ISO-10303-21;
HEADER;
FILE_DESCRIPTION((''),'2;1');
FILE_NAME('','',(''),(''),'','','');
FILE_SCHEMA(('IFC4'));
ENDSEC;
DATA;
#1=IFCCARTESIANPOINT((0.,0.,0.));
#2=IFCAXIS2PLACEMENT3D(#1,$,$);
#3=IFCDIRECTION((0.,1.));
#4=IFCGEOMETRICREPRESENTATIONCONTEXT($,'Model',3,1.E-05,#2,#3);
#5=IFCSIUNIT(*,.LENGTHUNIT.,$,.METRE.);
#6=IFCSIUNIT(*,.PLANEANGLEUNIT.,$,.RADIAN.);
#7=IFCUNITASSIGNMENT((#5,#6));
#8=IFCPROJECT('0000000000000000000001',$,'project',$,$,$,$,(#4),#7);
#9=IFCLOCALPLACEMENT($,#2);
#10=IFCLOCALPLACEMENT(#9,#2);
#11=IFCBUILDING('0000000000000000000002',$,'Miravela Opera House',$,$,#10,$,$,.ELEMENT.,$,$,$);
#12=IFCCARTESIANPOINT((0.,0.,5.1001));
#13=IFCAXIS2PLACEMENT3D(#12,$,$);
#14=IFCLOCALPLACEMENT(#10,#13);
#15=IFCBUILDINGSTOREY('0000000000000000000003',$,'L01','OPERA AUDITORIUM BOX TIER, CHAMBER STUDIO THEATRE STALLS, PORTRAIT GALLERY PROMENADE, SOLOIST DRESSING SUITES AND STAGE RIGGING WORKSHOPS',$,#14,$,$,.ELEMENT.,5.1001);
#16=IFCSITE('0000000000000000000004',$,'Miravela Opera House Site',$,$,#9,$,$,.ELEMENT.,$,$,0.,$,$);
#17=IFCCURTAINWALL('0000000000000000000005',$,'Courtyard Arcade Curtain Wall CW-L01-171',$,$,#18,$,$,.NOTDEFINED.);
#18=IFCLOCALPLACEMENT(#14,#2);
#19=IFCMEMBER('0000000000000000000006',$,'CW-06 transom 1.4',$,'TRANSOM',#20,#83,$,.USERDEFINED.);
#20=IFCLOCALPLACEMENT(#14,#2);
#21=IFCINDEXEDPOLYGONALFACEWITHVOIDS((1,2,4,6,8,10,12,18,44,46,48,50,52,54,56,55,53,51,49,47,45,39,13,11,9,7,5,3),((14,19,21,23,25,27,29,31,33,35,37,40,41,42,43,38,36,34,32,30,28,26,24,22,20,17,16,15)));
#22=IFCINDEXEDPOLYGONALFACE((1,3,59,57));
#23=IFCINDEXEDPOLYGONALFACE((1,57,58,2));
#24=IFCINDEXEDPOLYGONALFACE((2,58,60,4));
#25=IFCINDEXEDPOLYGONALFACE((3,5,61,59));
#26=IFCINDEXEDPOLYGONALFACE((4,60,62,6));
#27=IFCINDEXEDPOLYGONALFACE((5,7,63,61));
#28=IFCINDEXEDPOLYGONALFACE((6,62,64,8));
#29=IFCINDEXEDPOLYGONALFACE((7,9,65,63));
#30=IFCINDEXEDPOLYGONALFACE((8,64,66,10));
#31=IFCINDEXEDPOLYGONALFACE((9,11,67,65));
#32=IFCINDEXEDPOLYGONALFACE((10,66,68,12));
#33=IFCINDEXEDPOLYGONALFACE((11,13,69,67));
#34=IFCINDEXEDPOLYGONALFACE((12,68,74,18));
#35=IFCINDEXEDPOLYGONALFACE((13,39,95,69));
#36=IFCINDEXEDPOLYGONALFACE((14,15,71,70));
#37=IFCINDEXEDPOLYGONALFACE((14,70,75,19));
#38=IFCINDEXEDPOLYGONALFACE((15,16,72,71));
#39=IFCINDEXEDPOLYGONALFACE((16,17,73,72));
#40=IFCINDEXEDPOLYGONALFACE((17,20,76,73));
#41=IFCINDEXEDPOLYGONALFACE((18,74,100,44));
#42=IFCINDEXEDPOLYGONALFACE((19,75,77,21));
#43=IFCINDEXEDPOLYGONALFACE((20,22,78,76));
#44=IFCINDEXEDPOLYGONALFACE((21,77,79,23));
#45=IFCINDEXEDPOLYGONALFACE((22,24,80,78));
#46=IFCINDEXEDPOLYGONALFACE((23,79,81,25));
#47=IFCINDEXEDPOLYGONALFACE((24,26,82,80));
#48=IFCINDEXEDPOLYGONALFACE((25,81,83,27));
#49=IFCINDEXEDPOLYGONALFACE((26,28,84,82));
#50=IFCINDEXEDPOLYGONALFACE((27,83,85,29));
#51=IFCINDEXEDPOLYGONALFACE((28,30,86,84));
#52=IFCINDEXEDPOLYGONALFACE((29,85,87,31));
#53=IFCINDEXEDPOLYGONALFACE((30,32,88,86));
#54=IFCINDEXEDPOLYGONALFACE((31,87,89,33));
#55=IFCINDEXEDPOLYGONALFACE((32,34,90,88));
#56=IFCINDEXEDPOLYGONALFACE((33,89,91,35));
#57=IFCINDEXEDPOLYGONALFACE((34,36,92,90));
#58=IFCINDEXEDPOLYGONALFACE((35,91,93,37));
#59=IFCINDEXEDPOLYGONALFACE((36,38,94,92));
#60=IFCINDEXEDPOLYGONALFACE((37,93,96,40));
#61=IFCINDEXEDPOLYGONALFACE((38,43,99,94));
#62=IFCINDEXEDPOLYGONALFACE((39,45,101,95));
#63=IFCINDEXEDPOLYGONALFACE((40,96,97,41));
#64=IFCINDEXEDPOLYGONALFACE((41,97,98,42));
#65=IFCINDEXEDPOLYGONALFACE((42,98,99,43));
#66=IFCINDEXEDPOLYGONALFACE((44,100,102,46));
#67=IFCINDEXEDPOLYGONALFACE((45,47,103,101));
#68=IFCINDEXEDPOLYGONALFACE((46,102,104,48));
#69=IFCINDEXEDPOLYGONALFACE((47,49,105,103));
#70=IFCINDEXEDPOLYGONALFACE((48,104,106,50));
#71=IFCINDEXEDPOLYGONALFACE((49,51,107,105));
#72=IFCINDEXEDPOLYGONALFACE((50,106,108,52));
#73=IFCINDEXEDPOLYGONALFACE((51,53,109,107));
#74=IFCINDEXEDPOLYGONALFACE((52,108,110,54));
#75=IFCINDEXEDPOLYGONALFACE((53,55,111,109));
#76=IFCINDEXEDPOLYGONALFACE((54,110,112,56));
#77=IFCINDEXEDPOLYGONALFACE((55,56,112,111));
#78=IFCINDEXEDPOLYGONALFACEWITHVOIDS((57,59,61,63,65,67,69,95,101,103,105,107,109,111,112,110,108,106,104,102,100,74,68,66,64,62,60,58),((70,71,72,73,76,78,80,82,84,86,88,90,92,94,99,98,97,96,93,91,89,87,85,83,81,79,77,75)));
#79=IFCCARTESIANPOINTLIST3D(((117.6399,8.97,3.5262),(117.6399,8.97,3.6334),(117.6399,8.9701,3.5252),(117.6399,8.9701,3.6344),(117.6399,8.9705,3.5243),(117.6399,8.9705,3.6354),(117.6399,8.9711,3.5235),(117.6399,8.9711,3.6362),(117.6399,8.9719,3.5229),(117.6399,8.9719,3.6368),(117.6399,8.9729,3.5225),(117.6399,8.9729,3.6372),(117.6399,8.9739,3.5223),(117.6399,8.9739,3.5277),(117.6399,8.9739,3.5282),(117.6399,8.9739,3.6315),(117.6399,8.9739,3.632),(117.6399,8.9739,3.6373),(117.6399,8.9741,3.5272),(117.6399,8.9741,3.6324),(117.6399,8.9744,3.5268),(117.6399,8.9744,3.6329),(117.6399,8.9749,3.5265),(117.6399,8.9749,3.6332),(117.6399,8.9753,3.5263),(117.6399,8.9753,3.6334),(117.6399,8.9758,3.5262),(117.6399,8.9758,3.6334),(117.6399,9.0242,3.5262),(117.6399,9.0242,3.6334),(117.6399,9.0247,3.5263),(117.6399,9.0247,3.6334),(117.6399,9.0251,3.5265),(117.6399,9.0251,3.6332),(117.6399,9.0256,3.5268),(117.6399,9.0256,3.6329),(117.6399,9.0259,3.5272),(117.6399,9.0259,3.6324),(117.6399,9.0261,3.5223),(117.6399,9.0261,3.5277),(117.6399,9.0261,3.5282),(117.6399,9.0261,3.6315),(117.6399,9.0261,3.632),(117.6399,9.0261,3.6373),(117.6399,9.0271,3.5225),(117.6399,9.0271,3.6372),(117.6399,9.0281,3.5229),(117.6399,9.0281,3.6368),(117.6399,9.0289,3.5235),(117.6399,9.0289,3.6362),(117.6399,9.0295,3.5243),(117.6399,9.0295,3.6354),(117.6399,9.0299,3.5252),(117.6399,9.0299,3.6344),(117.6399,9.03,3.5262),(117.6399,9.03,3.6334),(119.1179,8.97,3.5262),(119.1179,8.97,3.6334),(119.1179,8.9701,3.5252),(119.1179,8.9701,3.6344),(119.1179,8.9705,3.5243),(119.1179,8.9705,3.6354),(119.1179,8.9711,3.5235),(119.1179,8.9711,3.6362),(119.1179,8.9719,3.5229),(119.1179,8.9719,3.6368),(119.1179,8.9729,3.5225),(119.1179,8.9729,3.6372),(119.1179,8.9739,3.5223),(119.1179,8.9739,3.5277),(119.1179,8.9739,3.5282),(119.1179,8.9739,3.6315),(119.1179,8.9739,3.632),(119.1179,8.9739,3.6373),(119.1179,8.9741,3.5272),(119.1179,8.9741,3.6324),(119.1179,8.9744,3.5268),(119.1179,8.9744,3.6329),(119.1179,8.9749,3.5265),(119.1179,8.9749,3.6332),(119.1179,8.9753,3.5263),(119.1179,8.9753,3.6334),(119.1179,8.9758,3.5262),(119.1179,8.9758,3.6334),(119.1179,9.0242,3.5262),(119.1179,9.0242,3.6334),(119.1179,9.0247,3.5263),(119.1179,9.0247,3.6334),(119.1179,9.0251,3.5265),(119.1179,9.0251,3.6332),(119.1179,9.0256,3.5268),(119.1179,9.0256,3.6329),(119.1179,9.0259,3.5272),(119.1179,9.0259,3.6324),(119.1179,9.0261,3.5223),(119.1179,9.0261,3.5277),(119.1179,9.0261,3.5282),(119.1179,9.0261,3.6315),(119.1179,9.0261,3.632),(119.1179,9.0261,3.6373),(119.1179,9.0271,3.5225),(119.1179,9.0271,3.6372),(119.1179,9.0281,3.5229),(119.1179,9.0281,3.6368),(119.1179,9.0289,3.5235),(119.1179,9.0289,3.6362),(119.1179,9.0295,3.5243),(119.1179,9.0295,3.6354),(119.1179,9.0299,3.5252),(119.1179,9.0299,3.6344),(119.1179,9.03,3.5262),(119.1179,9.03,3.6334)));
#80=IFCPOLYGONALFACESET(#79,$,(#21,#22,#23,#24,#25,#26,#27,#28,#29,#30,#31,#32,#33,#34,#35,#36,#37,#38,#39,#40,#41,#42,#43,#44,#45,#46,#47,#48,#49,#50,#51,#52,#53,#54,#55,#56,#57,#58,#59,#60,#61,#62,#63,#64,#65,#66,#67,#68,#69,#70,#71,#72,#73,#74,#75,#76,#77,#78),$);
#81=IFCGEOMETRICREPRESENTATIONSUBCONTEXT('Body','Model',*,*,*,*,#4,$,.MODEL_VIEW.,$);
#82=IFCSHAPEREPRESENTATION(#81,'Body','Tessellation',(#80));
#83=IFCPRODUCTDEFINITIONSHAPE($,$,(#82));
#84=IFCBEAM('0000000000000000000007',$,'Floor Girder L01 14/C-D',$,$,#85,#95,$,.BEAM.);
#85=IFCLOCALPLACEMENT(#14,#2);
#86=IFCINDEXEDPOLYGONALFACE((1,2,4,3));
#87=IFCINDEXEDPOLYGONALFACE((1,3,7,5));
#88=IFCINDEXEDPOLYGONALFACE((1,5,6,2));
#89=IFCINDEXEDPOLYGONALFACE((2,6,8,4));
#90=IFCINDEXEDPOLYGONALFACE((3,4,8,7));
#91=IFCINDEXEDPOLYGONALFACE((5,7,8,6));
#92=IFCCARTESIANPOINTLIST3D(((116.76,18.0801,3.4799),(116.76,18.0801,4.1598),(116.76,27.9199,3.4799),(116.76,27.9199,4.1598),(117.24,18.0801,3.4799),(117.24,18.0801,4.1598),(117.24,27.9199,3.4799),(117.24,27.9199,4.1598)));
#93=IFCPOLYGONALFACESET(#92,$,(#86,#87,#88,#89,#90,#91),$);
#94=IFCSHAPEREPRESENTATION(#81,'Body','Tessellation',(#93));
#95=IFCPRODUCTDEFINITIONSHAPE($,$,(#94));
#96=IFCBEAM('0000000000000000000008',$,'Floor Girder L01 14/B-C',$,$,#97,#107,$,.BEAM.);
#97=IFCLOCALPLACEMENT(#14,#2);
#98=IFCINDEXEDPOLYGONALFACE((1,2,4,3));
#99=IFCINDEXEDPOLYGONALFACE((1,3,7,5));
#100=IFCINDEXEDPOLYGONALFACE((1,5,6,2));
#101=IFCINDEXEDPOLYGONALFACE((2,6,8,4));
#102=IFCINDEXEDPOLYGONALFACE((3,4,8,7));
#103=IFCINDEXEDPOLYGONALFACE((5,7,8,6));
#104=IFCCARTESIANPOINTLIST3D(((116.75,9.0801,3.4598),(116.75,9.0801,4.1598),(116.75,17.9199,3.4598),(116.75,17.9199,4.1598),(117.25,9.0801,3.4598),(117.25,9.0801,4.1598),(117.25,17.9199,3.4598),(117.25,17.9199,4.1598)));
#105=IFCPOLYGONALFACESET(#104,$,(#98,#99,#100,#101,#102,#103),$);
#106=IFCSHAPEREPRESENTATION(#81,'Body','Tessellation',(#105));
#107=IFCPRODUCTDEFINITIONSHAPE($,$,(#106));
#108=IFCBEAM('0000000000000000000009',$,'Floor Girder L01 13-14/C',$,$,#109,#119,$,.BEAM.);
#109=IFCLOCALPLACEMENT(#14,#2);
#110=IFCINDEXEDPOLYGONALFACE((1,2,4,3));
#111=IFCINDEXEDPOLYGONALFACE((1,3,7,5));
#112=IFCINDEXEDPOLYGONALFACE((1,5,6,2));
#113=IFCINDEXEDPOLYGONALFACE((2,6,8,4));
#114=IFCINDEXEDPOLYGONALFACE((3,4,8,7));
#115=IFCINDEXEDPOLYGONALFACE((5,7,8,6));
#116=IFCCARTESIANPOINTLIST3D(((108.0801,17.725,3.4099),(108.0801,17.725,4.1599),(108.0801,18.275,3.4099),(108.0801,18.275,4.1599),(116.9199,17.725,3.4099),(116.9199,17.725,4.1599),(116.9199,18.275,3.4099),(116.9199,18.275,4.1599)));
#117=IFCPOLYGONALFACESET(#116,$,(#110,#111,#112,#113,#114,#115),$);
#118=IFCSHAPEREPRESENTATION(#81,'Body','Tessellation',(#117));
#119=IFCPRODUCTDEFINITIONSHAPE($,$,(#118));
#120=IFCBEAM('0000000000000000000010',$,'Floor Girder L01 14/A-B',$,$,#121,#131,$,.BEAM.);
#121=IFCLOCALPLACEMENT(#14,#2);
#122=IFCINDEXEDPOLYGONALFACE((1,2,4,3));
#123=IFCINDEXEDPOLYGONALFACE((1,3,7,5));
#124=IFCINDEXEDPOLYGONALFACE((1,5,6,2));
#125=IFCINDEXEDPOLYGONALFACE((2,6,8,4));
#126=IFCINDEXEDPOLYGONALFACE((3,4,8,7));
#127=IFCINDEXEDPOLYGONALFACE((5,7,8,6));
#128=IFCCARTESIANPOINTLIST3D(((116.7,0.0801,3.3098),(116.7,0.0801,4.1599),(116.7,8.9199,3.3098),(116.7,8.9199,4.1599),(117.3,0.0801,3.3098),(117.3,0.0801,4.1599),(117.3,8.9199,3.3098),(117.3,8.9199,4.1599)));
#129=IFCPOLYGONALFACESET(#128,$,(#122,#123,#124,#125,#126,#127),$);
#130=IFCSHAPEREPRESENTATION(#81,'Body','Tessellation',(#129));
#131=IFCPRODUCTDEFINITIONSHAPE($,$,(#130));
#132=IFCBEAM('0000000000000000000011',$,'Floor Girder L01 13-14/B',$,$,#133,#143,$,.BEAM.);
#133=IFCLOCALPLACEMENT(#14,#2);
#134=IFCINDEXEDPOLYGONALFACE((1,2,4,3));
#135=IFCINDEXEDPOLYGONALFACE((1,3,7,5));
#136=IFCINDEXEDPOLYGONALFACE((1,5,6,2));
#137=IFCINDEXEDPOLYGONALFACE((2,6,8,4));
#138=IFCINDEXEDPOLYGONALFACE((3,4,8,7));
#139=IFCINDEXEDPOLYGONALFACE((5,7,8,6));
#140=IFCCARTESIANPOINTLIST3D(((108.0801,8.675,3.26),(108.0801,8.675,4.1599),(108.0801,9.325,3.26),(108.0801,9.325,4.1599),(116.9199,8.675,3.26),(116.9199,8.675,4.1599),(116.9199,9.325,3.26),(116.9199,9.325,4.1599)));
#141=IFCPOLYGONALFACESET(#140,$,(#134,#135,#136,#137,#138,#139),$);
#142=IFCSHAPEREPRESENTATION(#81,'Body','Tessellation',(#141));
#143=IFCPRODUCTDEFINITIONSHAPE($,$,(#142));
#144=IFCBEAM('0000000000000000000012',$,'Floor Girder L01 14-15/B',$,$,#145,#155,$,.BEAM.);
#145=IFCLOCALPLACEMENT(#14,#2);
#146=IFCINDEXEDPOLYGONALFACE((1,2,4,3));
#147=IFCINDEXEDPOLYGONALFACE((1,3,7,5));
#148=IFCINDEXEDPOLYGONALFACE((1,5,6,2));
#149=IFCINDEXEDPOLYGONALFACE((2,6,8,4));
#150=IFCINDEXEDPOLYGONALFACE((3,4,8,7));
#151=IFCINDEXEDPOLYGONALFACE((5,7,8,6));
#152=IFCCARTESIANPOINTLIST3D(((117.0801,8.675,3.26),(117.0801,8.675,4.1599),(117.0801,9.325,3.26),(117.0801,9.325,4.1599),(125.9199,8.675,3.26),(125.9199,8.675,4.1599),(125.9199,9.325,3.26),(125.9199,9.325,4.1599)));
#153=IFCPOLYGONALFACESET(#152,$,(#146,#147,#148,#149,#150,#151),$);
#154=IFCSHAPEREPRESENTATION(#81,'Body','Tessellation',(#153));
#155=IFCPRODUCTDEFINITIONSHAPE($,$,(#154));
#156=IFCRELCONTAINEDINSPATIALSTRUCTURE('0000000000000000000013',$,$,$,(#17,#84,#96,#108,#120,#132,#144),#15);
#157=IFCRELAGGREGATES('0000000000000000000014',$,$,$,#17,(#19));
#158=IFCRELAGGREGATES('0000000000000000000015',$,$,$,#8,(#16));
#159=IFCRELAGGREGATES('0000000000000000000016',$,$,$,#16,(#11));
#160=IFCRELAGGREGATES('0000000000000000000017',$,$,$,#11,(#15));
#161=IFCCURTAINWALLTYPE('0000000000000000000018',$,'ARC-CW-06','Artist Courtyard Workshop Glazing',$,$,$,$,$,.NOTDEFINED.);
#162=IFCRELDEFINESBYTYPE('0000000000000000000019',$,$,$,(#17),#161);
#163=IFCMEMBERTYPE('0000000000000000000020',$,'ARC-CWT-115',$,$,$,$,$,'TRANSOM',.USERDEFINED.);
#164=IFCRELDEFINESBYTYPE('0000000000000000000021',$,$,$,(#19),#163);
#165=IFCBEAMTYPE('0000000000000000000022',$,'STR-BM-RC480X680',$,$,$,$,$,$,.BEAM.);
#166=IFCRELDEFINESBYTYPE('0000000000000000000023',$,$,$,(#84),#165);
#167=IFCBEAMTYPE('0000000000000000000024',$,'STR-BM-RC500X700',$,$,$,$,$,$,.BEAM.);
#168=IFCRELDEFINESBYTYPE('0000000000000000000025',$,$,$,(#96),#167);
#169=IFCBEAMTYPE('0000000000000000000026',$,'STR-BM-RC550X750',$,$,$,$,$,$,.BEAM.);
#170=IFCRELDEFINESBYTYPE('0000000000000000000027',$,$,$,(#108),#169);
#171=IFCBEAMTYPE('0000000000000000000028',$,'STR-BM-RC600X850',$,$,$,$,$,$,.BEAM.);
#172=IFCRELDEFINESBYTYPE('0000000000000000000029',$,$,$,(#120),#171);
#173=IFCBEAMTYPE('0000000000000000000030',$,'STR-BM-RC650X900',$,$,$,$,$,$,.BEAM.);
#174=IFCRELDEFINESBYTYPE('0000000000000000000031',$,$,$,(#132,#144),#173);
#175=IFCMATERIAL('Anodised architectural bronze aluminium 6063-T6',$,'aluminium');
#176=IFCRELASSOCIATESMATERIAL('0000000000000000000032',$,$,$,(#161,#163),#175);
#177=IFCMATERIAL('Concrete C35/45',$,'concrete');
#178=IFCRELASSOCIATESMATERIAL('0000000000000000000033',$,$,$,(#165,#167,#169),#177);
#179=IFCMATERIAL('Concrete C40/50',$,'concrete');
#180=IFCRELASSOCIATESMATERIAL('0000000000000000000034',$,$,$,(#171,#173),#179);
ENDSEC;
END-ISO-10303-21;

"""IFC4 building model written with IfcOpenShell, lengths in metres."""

from ifc_helpers import new_model, si_unit, direction, frame, origin, origin_2d, place, context, subcontext, project, spatial, rectangle, hollow_rectangle, extrude, material, material_profile, profile_set, type_object, element, aggregate, save


model = new_model("IFC4")

# Units and contexts
model_context = context("Model", 3, precision=1e-05, world=origin(), true_north=direction((0.0, 1.0)))
body_context = subcontext(model_context, "Body", "Model", "MODEL_VIEW")
ifc_project = project(units=[si_unit("LENGTHUNIT", "METRE"), si_unit("PLANEANGLEUNIT", "RADIAN")], contexts=[model_context])

# Site, building, storey
site_placement = place(None, origin())
site = spatial("IfcSite", under=ifc_project, at=site_placement, Name="Miravela Opera House Site", CompositionType="ELEMENT", RefElevation=0.0)
building_placement = place(site_placement, origin())
building = spatial("IfcBuilding", under=site, at=building_placement, Name="Miravela Opera House", CompositionType="ELEMENT")
storey_placement = place(building_placement, frame((0.0, 0.0, 5.1001)))
storey = spatial("IfcBuildingStorey", under=building, at=storey_placement, Name="L01", Description="OPERA AUDITORIUM BOX TIER, CHAMBER STUDIO THEATRE STALLS, PORTRAIT GALLERY PROMENADE, SOLOIST DRESSING SUITES AND STAGE RIGGING WORKSHOPS", CompositionType="ELEMENT", Elevation=5.1001)

# Shared definitions
ifc_material_1 = material(Name="Concrete C35/45", Category="concrete")

# Curtain wall, member
ifc_material_2 = material(Name="Anodised architectural bronze aluminium 6063-T6", Category="aluminium")
curtain_wall_type = type_object("IfcCurtainWallType", Name="ARC-CW-06", Description="Artist Courtyard Workshop Glazing", PredefinedType="NOTDEFINED", material=ifc_material_2)
curtain_wall_placement = place(storey_placement, origin())
curtain_wall = element("IfcCurtainWall", 1, at=curtain_wall_placement, inside=storey, type_object=curtain_wall_type, Name="Courtyard Arcade Curtain Wall CW-L01-171", PredefinedType="NOTDEFINED")
ifc_material_profile_1 = material_profile(ifc_material_2, hollow_rectangle(XDim=0.0601, YDim=0.115, WallThickness=0.0039, InnerFilletRadius=0.002, OuterFilletRadius=0.0039, at=origin_2d()), Name="CWT-60X115")
ifc_profile_set_1 = profile_set([ifc_material_profile_1])
member_type_1 = type_object("IfcMemberType", Name="ARC-CWT-115", ElementType="TRANSOM", PredefinedType="USERDEFINED", material=ifc_profile_set_1)
member_1_placement = place(storey_placement, frame((117.6399, 9.0, 3.5798), z_axis=(1.0, 0.0, 0.0), x_axis=(0.0, 1.0, 0.0)))
member_1 = element("IfcMember", 2, at=member_1_placement, type_object=member_type_1, Name="CW-06 transom 1.4", ObjectType="TRANSOM", PredefinedType="USERDEFINED", context=body_context, shape_type="SweptSolid", body=[
    extrude(hollow_rectangle(XDim=0.0601, YDim=0.115, WallThickness=0.0039, InnerFilletRadius=0.002, OuterFilletRadius=0.0039, at=origin_2d()), origin(), (0.0, 0.0, 1.0), 1.478),
])

# Beams
ifc_material_profile_2 = material_profile(ifc_material_1, rectangle(XDim=0.48, YDim=0.6799, at=origin_2d()), Name="RC-BM-480X680")
ifc_profile_set_2 = profile_set([ifc_material_profile_2])
beam_type_1 = type_object("IfcBeamType", Name="STR-BM-RC480X680", PredefinedType="BEAM", material=ifc_profile_set_2)
beam_1_placement = place(storey_placement, frame((117.0, 18.0801, 3.8198), z_axis=(0.0, 1.0, 0.0), x_axis=(-1.0, 0.0, 0.0)))
element("IfcBeam", 3, at=beam_1_placement, inside=storey, type_object=beam_type_1, Name="Floor Girder L01 14/C-D", PredefinedType="BEAM", context=body_context, shape_type="SweptSolid", body=[
    extrude(rectangle(XDim=0.48, YDim=0.6799, at=origin_2d()), origin(), (0.0, 0.0, 1.0), 9.8398),
])
ifc_material_profile_3 = material_profile(ifc_material_1, rectangle(XDim=0.5, YDim=0.7, at=origin_2d()), Name="RC-BM-500X700")
ifc_profile_set_3 = profile_set([ifc_material_profile_3])
beam_type_2 = type_object("IfcBeamType", Name="STR-BM-RC500X700", PredefinedType="BEAM", material=ifc_profile_set_3)
beam_2_placement = place(storey_placement, frame((117.0, 9.0801, 3.8098), z_axis=(0.0, 1.0, 0.0), x_axis=(-1.0, 0.0, 0.0)))
element("IfcBeam", 4, at=beam_2_placement, inside=storey, type_object=beam_type_2, Name="Floor Girder L01 14/B-C", PredefinedType="BEAM", context=body_context, shape_type="SweptSolid", body=[
    extrude(rectangle(XDim=0.5, YDim=0.7, at=origin_2d()), origin(), (0.0, 0.0, 1.0), 8.8398),
])
ifc_material_profile_4 = material_profile(ifc_material_1, rectangle(XDim=0.55, YDim=0.75, at=origin_2d()), Name="RC-BM-550X750")
ifc_profile_set_4 = profile_set([ifc_material_profile_4])
beam_type_3 = type_object("IfcBeamType", Name="STR-BM-RC550X750", PredefinedType="BEAM", material=ifc_profile_set_4)
beam_3_placement = place(storey_placement, frame((108.0801, 18.0, 3.7849), z_axis=(1.0, 0.0, 0.0), x_axis=(0.0, 1.0, 0.0)))
element("IfcBeam", 5, at=beam_3_placement, inside=storey, type_object=beam_type_3, Name="Floor Girder L01 13-14/C", PredefinedType="BEAM", context=body_context, shape_type="SweptSolid", body=[
    extrude(rectangle(XDim=0.55, YDim=0.75, at=origin_2d()), origin(), (0.0, 0.0, 1.0), 8.8398),
])
ifc_material_3 = material(Name="Concrete C40/50", Category="concrete")
ifc_material_profile_5 = material_profile(ifc_material_3, rectangle(XDim=0.6001, YDim=0.8501, at=origin_2d()), Name="RC-BM-600X850")
ifc_profile_set_5 = profile_set([ifc_material_profile_5])
beam_type_4 = type_object("IfcBeamType", Name="STR-BM-RC600X850", PredefinedType="BEAM", material=ifc_profile_set_5)
beam_4_placement = place(storey_placement, frame((117.0, 0.0801, 3.7349), z_axis=(0.0, 1.0, 0.0), x_axis=(-1.0, 0.0, 0.0)))
element("IfcBeam", 6, at=beam_4_placement, inside=storey, type_object=beam_type_4, Name="Floor Girder L01 14/A-B", PredefinedType="BEAM", context=body_context, shape_type="SweptSolid", body=[
    extrude(rectangle(XDim=0.6001, YDim=0.8501, at=origin_2d()), origin(), (0.0, 0.0, 1.0), 8.8398),
])
ifc_material_profile_6 = material_profile(ifc_material_3, rectangle(XDim=0.6499, YDim=0.8999, at=origin_2d()), Name="RC-BM-650X900")
ifc_profile_set_6 = profile_set([ifc_material_profile_6])
beam_type_5 = type_object("IfcBeamType", Name="STR-BM-RC650X900", PredefinedType="BEAM", material=ifc_profile_set_6)
for number, where, z_axis, x_axis, name in (
    (7, (108.0801, 9.0, 3.71), (1.0, 0.0, 0.0), (0.0, 1.0, 0.0), "Floor Girder L01 13-14/B"),
    (8, (117.0801, 9.0, 3.71), (1.0, 0.0, 0.0), (0.0, 1.0, 0.0), "Floor Girder L01 14-15/B"),
):
    element("IfcBeam", number, at=place(storey_placement, frame(where, z_axis=z_axis, x_axis=x_axis)), inside=storey, type_object=beam_type_5, Name=name, PredefinedType="BEAM", context=body_context, shape_type="SweptSolid", body=[
        extrude(rectangle(XDim=0.6499, YDim=0.8999, at=origin_2d()), origin(), (0.0, 0.0, 1.0), 8.8398),
    ])

aggregate(curtain_wall, [member_1])

save(model, "model.ifc")
